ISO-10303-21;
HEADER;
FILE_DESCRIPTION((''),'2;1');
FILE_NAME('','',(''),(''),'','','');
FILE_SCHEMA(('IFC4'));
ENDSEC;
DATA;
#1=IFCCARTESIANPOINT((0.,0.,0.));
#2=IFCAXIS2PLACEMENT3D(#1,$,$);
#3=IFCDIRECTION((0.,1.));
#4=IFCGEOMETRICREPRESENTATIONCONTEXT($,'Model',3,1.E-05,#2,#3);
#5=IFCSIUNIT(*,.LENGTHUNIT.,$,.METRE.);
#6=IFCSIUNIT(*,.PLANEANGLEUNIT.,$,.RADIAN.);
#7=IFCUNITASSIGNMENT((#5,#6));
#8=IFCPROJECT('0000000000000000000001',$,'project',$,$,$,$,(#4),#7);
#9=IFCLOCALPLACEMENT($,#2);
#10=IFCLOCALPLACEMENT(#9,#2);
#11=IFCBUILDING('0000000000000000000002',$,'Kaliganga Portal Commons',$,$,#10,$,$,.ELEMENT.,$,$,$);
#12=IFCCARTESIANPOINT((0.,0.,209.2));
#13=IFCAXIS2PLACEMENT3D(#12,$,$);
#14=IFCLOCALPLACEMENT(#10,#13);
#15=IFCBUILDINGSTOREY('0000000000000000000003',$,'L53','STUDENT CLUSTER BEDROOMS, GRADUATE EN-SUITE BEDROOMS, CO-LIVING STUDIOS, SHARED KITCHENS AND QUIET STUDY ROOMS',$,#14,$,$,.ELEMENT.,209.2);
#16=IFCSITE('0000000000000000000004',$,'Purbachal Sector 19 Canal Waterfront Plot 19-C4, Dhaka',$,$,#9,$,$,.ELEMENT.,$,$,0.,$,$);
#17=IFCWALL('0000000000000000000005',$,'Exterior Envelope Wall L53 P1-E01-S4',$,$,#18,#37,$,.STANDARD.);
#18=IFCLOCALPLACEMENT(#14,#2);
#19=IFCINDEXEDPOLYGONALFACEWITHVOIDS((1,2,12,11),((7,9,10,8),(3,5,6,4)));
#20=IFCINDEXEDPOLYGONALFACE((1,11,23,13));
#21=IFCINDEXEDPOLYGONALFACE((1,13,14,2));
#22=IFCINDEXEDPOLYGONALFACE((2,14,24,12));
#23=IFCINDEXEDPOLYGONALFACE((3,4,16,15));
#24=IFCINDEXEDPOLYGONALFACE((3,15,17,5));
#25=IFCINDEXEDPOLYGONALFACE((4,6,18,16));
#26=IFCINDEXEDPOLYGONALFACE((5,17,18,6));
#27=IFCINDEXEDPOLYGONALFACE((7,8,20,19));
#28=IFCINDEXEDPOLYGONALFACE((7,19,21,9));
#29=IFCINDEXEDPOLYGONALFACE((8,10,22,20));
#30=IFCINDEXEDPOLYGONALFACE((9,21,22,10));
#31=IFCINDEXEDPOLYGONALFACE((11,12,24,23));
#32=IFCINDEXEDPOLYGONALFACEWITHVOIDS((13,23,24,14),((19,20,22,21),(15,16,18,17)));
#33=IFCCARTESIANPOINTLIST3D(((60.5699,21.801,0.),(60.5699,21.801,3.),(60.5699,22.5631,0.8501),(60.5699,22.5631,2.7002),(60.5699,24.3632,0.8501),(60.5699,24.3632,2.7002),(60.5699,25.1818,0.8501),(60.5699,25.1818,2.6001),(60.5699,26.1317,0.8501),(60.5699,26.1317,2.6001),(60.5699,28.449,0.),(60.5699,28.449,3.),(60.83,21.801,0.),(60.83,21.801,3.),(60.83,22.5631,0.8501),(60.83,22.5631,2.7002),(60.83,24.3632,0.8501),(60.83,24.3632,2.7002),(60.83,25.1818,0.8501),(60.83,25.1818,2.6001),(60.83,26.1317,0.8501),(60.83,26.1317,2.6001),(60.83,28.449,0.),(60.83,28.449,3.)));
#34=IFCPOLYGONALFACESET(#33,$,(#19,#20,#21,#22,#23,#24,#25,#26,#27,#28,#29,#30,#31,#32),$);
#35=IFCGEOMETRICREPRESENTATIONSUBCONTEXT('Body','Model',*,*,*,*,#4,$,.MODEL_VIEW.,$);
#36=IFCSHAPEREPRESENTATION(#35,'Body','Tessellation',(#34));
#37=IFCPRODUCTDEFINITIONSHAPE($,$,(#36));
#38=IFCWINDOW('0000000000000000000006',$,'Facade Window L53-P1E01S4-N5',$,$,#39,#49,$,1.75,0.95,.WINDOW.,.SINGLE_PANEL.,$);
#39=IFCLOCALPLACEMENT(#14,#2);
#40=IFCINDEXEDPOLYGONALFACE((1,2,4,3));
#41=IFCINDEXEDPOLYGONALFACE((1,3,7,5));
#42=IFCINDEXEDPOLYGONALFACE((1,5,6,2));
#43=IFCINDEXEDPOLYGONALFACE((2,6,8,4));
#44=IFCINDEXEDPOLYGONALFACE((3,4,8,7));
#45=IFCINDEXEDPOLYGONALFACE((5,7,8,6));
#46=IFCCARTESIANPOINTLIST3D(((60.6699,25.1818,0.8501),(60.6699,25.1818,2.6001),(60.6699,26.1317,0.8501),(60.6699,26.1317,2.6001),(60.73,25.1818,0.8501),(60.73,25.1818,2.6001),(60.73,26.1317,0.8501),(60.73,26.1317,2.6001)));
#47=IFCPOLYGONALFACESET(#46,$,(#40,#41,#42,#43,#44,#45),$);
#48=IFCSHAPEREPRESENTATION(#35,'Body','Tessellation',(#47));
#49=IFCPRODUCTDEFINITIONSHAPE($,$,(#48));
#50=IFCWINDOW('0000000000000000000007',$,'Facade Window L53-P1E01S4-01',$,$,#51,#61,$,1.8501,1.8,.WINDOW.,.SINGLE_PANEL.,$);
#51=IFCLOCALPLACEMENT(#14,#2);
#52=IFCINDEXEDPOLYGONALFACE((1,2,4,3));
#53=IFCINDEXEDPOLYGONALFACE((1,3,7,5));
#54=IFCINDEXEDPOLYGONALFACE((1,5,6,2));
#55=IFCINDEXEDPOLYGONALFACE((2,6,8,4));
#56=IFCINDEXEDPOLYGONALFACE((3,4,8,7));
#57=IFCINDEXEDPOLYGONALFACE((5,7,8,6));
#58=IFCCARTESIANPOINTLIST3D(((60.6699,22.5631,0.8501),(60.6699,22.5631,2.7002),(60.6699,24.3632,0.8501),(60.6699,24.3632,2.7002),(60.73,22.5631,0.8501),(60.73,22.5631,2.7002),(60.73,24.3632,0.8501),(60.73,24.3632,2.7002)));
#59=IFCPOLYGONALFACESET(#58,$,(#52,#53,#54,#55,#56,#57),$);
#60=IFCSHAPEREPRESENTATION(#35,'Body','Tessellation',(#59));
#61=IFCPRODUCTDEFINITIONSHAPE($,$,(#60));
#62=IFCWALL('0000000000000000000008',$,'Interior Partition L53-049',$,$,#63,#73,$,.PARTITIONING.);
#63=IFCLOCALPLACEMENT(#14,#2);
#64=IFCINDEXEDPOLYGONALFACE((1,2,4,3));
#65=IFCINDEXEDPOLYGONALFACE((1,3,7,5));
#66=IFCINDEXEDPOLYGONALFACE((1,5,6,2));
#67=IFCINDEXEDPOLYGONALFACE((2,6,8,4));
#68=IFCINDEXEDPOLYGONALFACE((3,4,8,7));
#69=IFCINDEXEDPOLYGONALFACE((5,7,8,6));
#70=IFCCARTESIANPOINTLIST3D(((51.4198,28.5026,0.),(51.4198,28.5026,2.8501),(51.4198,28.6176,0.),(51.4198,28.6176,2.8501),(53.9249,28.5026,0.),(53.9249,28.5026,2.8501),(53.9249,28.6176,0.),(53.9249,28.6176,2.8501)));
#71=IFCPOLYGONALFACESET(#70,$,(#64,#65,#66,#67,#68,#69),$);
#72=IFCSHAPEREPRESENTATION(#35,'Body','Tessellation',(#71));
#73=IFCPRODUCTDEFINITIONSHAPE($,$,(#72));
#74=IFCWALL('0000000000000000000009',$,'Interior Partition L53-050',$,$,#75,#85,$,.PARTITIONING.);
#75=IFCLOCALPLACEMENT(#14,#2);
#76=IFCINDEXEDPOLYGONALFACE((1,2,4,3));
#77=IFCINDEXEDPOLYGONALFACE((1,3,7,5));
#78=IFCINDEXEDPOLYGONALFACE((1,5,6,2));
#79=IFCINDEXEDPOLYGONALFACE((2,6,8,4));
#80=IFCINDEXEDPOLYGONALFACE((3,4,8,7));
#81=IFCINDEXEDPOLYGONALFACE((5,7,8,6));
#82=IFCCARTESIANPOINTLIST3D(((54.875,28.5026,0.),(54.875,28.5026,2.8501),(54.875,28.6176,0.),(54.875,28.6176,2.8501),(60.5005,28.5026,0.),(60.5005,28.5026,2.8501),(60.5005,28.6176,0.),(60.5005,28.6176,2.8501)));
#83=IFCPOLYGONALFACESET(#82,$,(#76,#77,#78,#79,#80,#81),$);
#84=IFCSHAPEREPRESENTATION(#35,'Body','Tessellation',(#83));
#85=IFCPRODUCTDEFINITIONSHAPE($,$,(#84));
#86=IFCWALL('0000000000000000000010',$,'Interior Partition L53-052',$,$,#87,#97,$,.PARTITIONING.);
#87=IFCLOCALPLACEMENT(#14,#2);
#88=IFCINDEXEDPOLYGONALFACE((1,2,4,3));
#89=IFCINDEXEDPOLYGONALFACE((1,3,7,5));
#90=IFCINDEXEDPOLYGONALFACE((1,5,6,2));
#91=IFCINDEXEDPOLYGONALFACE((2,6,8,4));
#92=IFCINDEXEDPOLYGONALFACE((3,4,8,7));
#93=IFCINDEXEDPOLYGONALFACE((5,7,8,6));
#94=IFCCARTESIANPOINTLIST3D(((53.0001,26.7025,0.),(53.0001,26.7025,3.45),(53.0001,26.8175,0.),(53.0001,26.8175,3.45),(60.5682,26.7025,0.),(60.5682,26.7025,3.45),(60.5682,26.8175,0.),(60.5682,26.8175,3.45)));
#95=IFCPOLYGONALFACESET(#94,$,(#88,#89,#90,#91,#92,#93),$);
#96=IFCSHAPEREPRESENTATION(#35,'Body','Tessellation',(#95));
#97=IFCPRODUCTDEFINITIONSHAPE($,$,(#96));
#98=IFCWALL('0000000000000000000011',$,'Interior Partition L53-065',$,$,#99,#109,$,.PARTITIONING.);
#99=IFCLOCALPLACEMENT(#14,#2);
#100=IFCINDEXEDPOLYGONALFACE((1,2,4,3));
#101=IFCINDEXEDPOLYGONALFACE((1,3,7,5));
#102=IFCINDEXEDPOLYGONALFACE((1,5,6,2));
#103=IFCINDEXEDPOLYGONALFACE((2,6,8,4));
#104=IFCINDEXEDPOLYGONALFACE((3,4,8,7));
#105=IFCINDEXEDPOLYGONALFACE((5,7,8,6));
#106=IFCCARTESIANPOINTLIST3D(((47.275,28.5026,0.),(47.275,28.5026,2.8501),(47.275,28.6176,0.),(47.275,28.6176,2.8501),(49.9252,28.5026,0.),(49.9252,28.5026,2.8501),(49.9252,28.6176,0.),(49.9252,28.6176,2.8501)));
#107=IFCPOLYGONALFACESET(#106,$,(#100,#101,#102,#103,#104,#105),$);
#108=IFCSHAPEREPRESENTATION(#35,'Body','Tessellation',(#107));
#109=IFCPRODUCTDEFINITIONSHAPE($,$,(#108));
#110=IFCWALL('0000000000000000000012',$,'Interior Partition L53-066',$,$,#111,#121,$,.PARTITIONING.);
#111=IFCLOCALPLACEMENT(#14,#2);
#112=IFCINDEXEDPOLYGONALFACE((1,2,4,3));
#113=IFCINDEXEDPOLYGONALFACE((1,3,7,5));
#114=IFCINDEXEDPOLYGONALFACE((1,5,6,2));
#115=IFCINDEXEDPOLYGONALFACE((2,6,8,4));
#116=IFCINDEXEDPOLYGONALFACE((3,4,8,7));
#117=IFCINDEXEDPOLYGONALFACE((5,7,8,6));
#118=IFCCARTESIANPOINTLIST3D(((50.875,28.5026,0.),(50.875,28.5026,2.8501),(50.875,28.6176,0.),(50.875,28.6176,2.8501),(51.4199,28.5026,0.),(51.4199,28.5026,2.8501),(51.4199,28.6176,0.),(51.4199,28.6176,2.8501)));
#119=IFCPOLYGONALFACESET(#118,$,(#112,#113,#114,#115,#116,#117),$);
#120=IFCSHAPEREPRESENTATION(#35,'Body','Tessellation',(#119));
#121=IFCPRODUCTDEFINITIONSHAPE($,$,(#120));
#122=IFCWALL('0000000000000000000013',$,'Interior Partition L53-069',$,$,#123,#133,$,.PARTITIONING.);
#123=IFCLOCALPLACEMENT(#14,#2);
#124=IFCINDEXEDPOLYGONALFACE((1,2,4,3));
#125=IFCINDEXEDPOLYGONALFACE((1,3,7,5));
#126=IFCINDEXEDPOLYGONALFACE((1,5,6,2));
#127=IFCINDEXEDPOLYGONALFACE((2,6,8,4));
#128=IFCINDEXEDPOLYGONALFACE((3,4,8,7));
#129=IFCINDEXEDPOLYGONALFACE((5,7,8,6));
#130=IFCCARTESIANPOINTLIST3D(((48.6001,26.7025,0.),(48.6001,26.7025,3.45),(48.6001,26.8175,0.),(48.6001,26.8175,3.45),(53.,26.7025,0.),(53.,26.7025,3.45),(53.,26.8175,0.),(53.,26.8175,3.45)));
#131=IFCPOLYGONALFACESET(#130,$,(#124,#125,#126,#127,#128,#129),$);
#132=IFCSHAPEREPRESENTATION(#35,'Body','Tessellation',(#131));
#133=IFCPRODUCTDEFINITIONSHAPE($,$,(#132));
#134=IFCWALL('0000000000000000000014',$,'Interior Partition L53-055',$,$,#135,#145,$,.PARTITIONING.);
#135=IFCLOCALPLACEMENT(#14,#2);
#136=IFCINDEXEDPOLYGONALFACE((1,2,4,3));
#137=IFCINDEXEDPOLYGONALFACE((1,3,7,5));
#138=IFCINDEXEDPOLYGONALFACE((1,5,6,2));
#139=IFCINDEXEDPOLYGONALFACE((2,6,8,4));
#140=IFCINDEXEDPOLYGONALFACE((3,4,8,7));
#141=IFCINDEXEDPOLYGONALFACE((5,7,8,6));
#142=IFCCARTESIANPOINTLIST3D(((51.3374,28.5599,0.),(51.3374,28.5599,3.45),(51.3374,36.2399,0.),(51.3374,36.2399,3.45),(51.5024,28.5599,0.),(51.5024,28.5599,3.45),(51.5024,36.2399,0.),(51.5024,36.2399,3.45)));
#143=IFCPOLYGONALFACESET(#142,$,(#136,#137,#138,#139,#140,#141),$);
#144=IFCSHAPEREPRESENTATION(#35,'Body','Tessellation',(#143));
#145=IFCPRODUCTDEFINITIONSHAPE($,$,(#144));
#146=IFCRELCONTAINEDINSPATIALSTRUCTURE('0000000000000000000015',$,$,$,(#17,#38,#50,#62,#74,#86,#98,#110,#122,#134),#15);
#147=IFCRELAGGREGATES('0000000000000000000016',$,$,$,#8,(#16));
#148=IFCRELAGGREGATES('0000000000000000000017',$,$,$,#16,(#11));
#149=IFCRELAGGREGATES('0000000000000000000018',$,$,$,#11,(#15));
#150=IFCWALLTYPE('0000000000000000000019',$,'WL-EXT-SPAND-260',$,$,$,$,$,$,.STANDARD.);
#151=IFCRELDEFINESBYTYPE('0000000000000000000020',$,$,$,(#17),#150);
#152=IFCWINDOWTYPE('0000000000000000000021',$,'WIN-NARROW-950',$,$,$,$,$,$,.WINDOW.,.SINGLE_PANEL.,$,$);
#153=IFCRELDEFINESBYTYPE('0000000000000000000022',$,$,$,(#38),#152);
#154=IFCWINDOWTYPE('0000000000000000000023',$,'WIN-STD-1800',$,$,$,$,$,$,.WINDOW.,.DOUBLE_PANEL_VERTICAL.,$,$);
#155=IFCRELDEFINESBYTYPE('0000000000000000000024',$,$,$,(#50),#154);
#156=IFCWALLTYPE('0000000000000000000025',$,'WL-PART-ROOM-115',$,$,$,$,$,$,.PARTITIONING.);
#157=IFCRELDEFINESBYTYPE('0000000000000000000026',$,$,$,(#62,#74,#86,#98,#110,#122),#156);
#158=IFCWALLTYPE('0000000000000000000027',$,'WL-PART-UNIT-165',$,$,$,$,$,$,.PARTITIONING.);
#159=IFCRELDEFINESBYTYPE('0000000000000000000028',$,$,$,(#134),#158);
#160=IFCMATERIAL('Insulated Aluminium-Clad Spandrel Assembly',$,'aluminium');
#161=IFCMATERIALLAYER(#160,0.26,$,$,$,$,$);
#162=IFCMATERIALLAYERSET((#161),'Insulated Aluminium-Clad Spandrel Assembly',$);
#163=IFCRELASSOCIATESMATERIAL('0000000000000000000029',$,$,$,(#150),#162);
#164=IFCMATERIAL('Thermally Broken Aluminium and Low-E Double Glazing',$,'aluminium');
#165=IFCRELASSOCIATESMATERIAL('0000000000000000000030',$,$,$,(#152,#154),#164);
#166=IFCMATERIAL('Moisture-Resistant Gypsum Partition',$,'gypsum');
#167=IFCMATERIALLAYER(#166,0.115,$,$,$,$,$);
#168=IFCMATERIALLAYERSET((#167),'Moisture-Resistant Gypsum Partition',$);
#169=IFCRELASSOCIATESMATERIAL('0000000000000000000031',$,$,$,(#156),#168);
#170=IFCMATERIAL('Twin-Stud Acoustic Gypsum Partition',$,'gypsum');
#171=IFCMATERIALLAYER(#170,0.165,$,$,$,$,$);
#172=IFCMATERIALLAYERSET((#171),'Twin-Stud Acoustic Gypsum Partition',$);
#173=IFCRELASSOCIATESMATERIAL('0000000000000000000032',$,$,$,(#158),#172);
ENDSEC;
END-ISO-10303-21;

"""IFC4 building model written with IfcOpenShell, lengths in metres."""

from ifc_helpers import new_model, si_unit, direction, frame, frame_2d, origin, place, context, subcontext, project, spatial, rectangle, extrude, material, layer, layer_set, type_object, element, fill, save


model = new_model("IFC4")

# Units and contexts
model_context = context("Model", 3, precision=1e-05, world=origin(), true_north=direction((0.0, 1.0)))
body_context = subcontext(model_context, "Body", "Model", "MODEL_VIEW")
ifc_project = project(units=[si_unit("LENGTHUNIT", "METRE"), si_unit("PLANEANGLEUNIT", "RADIAN")], contexts=[model_context])

# Site, building, storey
site_placement = place(None, origin())
site = spatial("IfcSite", under=ifc_project, at=site_placement, Name="Purbachal Sector 19 Canal Waterfront Plot 19-C4, Dhaka", CompositionType="ELEMENT", RefElevation=0.0)
building_placement = place(site_placement, origin())
building = spatial("IfcBuilding", under=site, at=building_placement, Name="Kaliganga Portal Commons", CompositionType="ELEMENT")
storey_placement = place(building_placement, frame((0.0, 0.0, 209.2)))
storey = spatial("IfcBuildingStorey", under=building, at=storey_placement, Name="L53", Description="STUDENT CLUSTER BEDROOMS, GRADUATE EN-SUITE BEDROOMS, CO-LIVING STUDIOS, SHARED KITCHENS AND QUIET STUDY ROOMS", CompositionType="ELEMENT", Elevation=209.2)

# Wall, openings, windows
ifc_material_1 = material(Name="Insulated Aluminium-Clad Spandrel Assembly", Category="aluminium")
ifc_layer_1 = layer(ifc_material_1, 0.26)
ifc_layer_set_1 = layer_set([ifc_layer_1], Name="Insulated Aluminium-Clad Spandrel Assembly")
wall_type_1 = type_object("IfcWallType", Name="WL-EXT-SPAND-260", PredefinedType="STANDARD", material=ifc_layer_set_1)
wall_1_placement = place(storey_placement, frame((60.7, 28.449, 0.0), z_axis=(0.0, 0.0, 1.0), x_axis=(0.0, -1.0, 0.0)))
wall_1 = element("IfcWall", 1, at=wall_1_placement, inside=storey, type_object=wall_type_1, Name="Exterior Envelope Wall L53 P1-E01-S4", PredefinedType="STANDARD", context=body_context, shape_type="SweptSolid", body=[
    extrude(rectangle(XDim=6.6479, YDim=0.26, at=frame_2d((3.324, 0.0))), origin(), (0.0, 0.0, 1.0), 3.0),
])
opening_1_placement = place(wall_1_placement, frame((4.0859, 0.0, 0.8501)))
opening_1 = element("IfcOpeningElement", 2, at=opening_1_placement, cuts=wall_1, PredefinedType="OPENING", context=body_context, shape_type="SweptSolid", body=[
    extrude(rectangle(XDim=1.8, YDim=1.8501, at=frame_2d((0.8999, 0.925))), frame((0.0, 0.1401, 0.0), z_axis=(0.0, -1.0, 0.0), x_axis=(1.0, 0.0, 0.0)), (0.0, 0.0, 1.0), 0.28),
])
opening_2_placement = place(wall_1_placement, frame((2.3171, 0.0, 0.8501)))
opening_2 = element("IfcOpeningElement", 3, at=opening_2_placement, cuts=wall_1, PredefinedType="OPENING", context=body_context, shape_type="SweptSolid", body=[
    extrude(rectangle(XDim=0.95, YDim=1.75, at=frame_2d((0.4751, 0.875))), frame((0.0, 0.1401, 0.0), z_axis=(0.0, -1.0, 0.0), x_axis=(1.0, 0.0, 0.0)), (0.0, 0.0, 1.0), 0.28),
])
ifc_material_2 = material(Name="Thermally Broken Aluminium and Low-E Double Glazing", Category="aluminium")
window_type_1 = type_object("IfcWindowType", Name="WIN-NARROW-950", PartitioningType="SINGLE_PANEL", PredefinedType="WINDOW", material=ifc_material_2)
window_1_placement = place(opening_2_placement, origin())
window_1 = element("IfcWindow", 4, at=window_1_placement, inside=storey, type_object=window_type_1, Name="Facade Window L53-P1E01S4-N5", OverallHeight=1.75, OverallWidth=0.95, PartitioningType="SINGLE_PANEL", PredefinedType="WINDOW", context=body_context, shape_type="SweptSolid", body=[
    extrude(rectangle(XDim=0.95, YDim=1.75, at=frame_2d((0.4751, 0.875))), frame((0.0, 0.03, 0.0), z_axis=(0.0, -1.0, 0.0), x_axis=(1.0, 0.0, 0.0)), (0.0, 0.0, 1.0), 0.0601),
])
fill(opening_2, window_1)
window_type_2 = type_object("IfcWindowType", Name="WIN-STD-1800", PartitioningType="DOUBLE_PANEL_VERTICAL", PredefinedType="WINDOW", material=ifc_material_2)
window_2_placement = place(opening_1_placement, origin())
window_2 = element("IfcWindow", 5, at=window_2_placement, inside=storey, type_object=window_type_2, Name="Facade Window L53-P1E01S4-01", OverallHeight=1.8501, OverallWidth=1.8, PartitioningType="SINGLE_PANEL", PredefinedType="WINDOW", context=body_context, shape_type="SweptSolid", body=[
    extrude(rectangle(XDim=1.8, YDim=1.8501, at=frame_2d((0.8999, 0.925))), frame((0.0, 0.03, 0.0), z_axis=(0.0, -1.0, 0.0), x_axis=(1.0, 0.0, 0.0)), (0.0, 0.0, 1.0), 0.0601),
])
fill(opening_1, window_2)

# Walls
ifc_material_3 = material(Name="Moisture-Resistant Gypsum Partition", Category="gypsum")
ifc_layer_2 = layer(ifc_material_3, 0.115)
ifc_layer_set_2 = layer_set([ifc_layer_2], Name="Moisture-Resistant Gypsum Partition")
wall_type_2 = type_object("IfcWallType", Name="WL-PART-ROOM-115", PredefinedType="PARTITIONING", material=ifc_layer_set_2)
wall_2_placement = place(storey_placement, frame((51.4199, 28.5601, 0.0), z_axis=(0.0, 0.0, 1.0), x_axis=(1.0, 0.0, 0.0)))
element("IfcWall", 6, at=wall_2_placement, inside=storey, type_object=wall_type_2, Name="Interior Partition L53-049", PredefinedType="PARTITIONING", context=body_context, shape_type="SweptSolid", body=[
    extrude(rectangle(XDim=2.5051, YDim=0.115, at=frame_2d((1.2524, 0.0))), origin(), (0.0, 0.0, 1.0), 2.8501),
])
wall_3_placement = place(storey_placement, frame((54.875, 28.5601, 0.0), z_axis=(0.0, 0.0, 1.0), x_axis=(1.0, 0.0, 0.0)))
element("IfcWall", 7, at=wall_3_placement, inside=storey, type_object=wall_type_2, Name="Interior Partition L53-050", PredefinedType="PARTITIONING", context=body_context, shape_type="SweptSolid", body=[
    extrude(rectangle(XDim=5.6255, YDim=0.115, at=frame_2d((2.8127, 0.0))), origin(), (0.0, 0.0, 1.0), 2.8501),
])
wall_4_placement = place(storey_placement, frame((53.0, 26.76, 0.0), z_axis=(0.0, 0.0, 1.0), x_axis=(1.0, 0.0, 0.0)))
element("IfcWall", 8, at=wall_4_placement, inside=storey, type_object=wall_type_2, Name="Interior Partition L53-052", PredefinedType="PARTITIONING", context=body_context, shape_type="SweptSolid", body=[
    extrude(rectangle(XDim=7.5681, YDim=0.115, at=frame_2d((3.7842, 0.0))), origin(), (0.0, 0.0, 1.0), 3.45),
])
wall_5_placement = place(storey_placement, frame((47.2749, 28.5601, 0.0), z_axis=(0.0, 0.0, 1.0), x_axis=(1.0, 0.0, 0.0)))
element("IfcWall", 9, at=wall_5_placement, inside=storey, type_object=wall_type_2, Name="Interior Partition L53-065", PredefinedType="PARTITIONING", context=body_context, shape_type="SweptSolid", body=[
    extrude(rectangle(XDim=2.6501, YDim=0.115, at=frame_2d((1.3252, 0.0))), origin(), (0.0, 0.0, 1.0), 2.8501),
])
wall_6_placement = place(storey_placement, frame((50.875, 28.5601, 0.0), z_axis=(0.0, 0.0, 1.0), x_axis=(1.0, 0.0, 0.0)))
element("IfcWall", 10, at=wall_6_placement, inside=storey, type_object=wall_type_2, Name="Interior Partition L53-066", PredefinedType="PARTITIONING", context=body_context, shape_type="SweptSolid", body=[
    extrude(rectangle(XDim=0.5449, YDim=0.115, at=frame_2d((0.2725, 0.0))), origin(), (0.0, 0.0, 1.0), 2.8501),
])
wall_7_placement = place(storey_placement, frame((48.6001, 26.76, 0.0), z_axis=(0.0, 0.0, 1.0), x_axis=(1.0, 0.0, 0.0)))
element("IfcWall", 11, at=wall_7_placement, inside=storey, type_object=wall_type_2, Name="Interior Partition L53-069", PredefinedType="PARTITIONING", context=body_context, shape_type="SweptSolid", body=[
    extrude(rectangle(XDim=4.3999, YDim=0.115, at=frame_2d((2.2, 0.0))), origin(), (0.0, 0.0, 1.0), 3.45),
])
ifc_material_4 = material(Name="Twin-Stud Acoustic Gypsum Partition", Category="gypsum")
ifc_layer_3 = layer(ifc_material_4, 0.165)
ifc_layer_set_3 = layer_set([ifc_layer_3], Name="Twin-Stud Acoustic Gypsum Partition")
wall_type_3 = type_object("IfcWallType", Name="WL-PART-UNIT-165", PredefinedType="PARTITIONING", material=ifc_layer_set_3)
wall_8_placement = place(storey_placement, frame((51.4199, 28.5601, 0.0), z_axis=(0.0, 0.0, 1.0), x_axis=(0.0, 1.0, 0.0)))
element("IfcWall", 12, at=wall_8_placement, inside=storey, type_object=wall_type_3, Name="Interior Partition L53-055", PredefinedType="PARTITIONING", context=body_context, shape_type="SweptSolid", body=[
    extrude(rectangle(XDim=7.6799, YDim=0.165, at=frame_2d((3.8398, 0.0))), origin(), (0.0, 0.0, 1.0), 3.45),
])

save(model, "model.ifc")
